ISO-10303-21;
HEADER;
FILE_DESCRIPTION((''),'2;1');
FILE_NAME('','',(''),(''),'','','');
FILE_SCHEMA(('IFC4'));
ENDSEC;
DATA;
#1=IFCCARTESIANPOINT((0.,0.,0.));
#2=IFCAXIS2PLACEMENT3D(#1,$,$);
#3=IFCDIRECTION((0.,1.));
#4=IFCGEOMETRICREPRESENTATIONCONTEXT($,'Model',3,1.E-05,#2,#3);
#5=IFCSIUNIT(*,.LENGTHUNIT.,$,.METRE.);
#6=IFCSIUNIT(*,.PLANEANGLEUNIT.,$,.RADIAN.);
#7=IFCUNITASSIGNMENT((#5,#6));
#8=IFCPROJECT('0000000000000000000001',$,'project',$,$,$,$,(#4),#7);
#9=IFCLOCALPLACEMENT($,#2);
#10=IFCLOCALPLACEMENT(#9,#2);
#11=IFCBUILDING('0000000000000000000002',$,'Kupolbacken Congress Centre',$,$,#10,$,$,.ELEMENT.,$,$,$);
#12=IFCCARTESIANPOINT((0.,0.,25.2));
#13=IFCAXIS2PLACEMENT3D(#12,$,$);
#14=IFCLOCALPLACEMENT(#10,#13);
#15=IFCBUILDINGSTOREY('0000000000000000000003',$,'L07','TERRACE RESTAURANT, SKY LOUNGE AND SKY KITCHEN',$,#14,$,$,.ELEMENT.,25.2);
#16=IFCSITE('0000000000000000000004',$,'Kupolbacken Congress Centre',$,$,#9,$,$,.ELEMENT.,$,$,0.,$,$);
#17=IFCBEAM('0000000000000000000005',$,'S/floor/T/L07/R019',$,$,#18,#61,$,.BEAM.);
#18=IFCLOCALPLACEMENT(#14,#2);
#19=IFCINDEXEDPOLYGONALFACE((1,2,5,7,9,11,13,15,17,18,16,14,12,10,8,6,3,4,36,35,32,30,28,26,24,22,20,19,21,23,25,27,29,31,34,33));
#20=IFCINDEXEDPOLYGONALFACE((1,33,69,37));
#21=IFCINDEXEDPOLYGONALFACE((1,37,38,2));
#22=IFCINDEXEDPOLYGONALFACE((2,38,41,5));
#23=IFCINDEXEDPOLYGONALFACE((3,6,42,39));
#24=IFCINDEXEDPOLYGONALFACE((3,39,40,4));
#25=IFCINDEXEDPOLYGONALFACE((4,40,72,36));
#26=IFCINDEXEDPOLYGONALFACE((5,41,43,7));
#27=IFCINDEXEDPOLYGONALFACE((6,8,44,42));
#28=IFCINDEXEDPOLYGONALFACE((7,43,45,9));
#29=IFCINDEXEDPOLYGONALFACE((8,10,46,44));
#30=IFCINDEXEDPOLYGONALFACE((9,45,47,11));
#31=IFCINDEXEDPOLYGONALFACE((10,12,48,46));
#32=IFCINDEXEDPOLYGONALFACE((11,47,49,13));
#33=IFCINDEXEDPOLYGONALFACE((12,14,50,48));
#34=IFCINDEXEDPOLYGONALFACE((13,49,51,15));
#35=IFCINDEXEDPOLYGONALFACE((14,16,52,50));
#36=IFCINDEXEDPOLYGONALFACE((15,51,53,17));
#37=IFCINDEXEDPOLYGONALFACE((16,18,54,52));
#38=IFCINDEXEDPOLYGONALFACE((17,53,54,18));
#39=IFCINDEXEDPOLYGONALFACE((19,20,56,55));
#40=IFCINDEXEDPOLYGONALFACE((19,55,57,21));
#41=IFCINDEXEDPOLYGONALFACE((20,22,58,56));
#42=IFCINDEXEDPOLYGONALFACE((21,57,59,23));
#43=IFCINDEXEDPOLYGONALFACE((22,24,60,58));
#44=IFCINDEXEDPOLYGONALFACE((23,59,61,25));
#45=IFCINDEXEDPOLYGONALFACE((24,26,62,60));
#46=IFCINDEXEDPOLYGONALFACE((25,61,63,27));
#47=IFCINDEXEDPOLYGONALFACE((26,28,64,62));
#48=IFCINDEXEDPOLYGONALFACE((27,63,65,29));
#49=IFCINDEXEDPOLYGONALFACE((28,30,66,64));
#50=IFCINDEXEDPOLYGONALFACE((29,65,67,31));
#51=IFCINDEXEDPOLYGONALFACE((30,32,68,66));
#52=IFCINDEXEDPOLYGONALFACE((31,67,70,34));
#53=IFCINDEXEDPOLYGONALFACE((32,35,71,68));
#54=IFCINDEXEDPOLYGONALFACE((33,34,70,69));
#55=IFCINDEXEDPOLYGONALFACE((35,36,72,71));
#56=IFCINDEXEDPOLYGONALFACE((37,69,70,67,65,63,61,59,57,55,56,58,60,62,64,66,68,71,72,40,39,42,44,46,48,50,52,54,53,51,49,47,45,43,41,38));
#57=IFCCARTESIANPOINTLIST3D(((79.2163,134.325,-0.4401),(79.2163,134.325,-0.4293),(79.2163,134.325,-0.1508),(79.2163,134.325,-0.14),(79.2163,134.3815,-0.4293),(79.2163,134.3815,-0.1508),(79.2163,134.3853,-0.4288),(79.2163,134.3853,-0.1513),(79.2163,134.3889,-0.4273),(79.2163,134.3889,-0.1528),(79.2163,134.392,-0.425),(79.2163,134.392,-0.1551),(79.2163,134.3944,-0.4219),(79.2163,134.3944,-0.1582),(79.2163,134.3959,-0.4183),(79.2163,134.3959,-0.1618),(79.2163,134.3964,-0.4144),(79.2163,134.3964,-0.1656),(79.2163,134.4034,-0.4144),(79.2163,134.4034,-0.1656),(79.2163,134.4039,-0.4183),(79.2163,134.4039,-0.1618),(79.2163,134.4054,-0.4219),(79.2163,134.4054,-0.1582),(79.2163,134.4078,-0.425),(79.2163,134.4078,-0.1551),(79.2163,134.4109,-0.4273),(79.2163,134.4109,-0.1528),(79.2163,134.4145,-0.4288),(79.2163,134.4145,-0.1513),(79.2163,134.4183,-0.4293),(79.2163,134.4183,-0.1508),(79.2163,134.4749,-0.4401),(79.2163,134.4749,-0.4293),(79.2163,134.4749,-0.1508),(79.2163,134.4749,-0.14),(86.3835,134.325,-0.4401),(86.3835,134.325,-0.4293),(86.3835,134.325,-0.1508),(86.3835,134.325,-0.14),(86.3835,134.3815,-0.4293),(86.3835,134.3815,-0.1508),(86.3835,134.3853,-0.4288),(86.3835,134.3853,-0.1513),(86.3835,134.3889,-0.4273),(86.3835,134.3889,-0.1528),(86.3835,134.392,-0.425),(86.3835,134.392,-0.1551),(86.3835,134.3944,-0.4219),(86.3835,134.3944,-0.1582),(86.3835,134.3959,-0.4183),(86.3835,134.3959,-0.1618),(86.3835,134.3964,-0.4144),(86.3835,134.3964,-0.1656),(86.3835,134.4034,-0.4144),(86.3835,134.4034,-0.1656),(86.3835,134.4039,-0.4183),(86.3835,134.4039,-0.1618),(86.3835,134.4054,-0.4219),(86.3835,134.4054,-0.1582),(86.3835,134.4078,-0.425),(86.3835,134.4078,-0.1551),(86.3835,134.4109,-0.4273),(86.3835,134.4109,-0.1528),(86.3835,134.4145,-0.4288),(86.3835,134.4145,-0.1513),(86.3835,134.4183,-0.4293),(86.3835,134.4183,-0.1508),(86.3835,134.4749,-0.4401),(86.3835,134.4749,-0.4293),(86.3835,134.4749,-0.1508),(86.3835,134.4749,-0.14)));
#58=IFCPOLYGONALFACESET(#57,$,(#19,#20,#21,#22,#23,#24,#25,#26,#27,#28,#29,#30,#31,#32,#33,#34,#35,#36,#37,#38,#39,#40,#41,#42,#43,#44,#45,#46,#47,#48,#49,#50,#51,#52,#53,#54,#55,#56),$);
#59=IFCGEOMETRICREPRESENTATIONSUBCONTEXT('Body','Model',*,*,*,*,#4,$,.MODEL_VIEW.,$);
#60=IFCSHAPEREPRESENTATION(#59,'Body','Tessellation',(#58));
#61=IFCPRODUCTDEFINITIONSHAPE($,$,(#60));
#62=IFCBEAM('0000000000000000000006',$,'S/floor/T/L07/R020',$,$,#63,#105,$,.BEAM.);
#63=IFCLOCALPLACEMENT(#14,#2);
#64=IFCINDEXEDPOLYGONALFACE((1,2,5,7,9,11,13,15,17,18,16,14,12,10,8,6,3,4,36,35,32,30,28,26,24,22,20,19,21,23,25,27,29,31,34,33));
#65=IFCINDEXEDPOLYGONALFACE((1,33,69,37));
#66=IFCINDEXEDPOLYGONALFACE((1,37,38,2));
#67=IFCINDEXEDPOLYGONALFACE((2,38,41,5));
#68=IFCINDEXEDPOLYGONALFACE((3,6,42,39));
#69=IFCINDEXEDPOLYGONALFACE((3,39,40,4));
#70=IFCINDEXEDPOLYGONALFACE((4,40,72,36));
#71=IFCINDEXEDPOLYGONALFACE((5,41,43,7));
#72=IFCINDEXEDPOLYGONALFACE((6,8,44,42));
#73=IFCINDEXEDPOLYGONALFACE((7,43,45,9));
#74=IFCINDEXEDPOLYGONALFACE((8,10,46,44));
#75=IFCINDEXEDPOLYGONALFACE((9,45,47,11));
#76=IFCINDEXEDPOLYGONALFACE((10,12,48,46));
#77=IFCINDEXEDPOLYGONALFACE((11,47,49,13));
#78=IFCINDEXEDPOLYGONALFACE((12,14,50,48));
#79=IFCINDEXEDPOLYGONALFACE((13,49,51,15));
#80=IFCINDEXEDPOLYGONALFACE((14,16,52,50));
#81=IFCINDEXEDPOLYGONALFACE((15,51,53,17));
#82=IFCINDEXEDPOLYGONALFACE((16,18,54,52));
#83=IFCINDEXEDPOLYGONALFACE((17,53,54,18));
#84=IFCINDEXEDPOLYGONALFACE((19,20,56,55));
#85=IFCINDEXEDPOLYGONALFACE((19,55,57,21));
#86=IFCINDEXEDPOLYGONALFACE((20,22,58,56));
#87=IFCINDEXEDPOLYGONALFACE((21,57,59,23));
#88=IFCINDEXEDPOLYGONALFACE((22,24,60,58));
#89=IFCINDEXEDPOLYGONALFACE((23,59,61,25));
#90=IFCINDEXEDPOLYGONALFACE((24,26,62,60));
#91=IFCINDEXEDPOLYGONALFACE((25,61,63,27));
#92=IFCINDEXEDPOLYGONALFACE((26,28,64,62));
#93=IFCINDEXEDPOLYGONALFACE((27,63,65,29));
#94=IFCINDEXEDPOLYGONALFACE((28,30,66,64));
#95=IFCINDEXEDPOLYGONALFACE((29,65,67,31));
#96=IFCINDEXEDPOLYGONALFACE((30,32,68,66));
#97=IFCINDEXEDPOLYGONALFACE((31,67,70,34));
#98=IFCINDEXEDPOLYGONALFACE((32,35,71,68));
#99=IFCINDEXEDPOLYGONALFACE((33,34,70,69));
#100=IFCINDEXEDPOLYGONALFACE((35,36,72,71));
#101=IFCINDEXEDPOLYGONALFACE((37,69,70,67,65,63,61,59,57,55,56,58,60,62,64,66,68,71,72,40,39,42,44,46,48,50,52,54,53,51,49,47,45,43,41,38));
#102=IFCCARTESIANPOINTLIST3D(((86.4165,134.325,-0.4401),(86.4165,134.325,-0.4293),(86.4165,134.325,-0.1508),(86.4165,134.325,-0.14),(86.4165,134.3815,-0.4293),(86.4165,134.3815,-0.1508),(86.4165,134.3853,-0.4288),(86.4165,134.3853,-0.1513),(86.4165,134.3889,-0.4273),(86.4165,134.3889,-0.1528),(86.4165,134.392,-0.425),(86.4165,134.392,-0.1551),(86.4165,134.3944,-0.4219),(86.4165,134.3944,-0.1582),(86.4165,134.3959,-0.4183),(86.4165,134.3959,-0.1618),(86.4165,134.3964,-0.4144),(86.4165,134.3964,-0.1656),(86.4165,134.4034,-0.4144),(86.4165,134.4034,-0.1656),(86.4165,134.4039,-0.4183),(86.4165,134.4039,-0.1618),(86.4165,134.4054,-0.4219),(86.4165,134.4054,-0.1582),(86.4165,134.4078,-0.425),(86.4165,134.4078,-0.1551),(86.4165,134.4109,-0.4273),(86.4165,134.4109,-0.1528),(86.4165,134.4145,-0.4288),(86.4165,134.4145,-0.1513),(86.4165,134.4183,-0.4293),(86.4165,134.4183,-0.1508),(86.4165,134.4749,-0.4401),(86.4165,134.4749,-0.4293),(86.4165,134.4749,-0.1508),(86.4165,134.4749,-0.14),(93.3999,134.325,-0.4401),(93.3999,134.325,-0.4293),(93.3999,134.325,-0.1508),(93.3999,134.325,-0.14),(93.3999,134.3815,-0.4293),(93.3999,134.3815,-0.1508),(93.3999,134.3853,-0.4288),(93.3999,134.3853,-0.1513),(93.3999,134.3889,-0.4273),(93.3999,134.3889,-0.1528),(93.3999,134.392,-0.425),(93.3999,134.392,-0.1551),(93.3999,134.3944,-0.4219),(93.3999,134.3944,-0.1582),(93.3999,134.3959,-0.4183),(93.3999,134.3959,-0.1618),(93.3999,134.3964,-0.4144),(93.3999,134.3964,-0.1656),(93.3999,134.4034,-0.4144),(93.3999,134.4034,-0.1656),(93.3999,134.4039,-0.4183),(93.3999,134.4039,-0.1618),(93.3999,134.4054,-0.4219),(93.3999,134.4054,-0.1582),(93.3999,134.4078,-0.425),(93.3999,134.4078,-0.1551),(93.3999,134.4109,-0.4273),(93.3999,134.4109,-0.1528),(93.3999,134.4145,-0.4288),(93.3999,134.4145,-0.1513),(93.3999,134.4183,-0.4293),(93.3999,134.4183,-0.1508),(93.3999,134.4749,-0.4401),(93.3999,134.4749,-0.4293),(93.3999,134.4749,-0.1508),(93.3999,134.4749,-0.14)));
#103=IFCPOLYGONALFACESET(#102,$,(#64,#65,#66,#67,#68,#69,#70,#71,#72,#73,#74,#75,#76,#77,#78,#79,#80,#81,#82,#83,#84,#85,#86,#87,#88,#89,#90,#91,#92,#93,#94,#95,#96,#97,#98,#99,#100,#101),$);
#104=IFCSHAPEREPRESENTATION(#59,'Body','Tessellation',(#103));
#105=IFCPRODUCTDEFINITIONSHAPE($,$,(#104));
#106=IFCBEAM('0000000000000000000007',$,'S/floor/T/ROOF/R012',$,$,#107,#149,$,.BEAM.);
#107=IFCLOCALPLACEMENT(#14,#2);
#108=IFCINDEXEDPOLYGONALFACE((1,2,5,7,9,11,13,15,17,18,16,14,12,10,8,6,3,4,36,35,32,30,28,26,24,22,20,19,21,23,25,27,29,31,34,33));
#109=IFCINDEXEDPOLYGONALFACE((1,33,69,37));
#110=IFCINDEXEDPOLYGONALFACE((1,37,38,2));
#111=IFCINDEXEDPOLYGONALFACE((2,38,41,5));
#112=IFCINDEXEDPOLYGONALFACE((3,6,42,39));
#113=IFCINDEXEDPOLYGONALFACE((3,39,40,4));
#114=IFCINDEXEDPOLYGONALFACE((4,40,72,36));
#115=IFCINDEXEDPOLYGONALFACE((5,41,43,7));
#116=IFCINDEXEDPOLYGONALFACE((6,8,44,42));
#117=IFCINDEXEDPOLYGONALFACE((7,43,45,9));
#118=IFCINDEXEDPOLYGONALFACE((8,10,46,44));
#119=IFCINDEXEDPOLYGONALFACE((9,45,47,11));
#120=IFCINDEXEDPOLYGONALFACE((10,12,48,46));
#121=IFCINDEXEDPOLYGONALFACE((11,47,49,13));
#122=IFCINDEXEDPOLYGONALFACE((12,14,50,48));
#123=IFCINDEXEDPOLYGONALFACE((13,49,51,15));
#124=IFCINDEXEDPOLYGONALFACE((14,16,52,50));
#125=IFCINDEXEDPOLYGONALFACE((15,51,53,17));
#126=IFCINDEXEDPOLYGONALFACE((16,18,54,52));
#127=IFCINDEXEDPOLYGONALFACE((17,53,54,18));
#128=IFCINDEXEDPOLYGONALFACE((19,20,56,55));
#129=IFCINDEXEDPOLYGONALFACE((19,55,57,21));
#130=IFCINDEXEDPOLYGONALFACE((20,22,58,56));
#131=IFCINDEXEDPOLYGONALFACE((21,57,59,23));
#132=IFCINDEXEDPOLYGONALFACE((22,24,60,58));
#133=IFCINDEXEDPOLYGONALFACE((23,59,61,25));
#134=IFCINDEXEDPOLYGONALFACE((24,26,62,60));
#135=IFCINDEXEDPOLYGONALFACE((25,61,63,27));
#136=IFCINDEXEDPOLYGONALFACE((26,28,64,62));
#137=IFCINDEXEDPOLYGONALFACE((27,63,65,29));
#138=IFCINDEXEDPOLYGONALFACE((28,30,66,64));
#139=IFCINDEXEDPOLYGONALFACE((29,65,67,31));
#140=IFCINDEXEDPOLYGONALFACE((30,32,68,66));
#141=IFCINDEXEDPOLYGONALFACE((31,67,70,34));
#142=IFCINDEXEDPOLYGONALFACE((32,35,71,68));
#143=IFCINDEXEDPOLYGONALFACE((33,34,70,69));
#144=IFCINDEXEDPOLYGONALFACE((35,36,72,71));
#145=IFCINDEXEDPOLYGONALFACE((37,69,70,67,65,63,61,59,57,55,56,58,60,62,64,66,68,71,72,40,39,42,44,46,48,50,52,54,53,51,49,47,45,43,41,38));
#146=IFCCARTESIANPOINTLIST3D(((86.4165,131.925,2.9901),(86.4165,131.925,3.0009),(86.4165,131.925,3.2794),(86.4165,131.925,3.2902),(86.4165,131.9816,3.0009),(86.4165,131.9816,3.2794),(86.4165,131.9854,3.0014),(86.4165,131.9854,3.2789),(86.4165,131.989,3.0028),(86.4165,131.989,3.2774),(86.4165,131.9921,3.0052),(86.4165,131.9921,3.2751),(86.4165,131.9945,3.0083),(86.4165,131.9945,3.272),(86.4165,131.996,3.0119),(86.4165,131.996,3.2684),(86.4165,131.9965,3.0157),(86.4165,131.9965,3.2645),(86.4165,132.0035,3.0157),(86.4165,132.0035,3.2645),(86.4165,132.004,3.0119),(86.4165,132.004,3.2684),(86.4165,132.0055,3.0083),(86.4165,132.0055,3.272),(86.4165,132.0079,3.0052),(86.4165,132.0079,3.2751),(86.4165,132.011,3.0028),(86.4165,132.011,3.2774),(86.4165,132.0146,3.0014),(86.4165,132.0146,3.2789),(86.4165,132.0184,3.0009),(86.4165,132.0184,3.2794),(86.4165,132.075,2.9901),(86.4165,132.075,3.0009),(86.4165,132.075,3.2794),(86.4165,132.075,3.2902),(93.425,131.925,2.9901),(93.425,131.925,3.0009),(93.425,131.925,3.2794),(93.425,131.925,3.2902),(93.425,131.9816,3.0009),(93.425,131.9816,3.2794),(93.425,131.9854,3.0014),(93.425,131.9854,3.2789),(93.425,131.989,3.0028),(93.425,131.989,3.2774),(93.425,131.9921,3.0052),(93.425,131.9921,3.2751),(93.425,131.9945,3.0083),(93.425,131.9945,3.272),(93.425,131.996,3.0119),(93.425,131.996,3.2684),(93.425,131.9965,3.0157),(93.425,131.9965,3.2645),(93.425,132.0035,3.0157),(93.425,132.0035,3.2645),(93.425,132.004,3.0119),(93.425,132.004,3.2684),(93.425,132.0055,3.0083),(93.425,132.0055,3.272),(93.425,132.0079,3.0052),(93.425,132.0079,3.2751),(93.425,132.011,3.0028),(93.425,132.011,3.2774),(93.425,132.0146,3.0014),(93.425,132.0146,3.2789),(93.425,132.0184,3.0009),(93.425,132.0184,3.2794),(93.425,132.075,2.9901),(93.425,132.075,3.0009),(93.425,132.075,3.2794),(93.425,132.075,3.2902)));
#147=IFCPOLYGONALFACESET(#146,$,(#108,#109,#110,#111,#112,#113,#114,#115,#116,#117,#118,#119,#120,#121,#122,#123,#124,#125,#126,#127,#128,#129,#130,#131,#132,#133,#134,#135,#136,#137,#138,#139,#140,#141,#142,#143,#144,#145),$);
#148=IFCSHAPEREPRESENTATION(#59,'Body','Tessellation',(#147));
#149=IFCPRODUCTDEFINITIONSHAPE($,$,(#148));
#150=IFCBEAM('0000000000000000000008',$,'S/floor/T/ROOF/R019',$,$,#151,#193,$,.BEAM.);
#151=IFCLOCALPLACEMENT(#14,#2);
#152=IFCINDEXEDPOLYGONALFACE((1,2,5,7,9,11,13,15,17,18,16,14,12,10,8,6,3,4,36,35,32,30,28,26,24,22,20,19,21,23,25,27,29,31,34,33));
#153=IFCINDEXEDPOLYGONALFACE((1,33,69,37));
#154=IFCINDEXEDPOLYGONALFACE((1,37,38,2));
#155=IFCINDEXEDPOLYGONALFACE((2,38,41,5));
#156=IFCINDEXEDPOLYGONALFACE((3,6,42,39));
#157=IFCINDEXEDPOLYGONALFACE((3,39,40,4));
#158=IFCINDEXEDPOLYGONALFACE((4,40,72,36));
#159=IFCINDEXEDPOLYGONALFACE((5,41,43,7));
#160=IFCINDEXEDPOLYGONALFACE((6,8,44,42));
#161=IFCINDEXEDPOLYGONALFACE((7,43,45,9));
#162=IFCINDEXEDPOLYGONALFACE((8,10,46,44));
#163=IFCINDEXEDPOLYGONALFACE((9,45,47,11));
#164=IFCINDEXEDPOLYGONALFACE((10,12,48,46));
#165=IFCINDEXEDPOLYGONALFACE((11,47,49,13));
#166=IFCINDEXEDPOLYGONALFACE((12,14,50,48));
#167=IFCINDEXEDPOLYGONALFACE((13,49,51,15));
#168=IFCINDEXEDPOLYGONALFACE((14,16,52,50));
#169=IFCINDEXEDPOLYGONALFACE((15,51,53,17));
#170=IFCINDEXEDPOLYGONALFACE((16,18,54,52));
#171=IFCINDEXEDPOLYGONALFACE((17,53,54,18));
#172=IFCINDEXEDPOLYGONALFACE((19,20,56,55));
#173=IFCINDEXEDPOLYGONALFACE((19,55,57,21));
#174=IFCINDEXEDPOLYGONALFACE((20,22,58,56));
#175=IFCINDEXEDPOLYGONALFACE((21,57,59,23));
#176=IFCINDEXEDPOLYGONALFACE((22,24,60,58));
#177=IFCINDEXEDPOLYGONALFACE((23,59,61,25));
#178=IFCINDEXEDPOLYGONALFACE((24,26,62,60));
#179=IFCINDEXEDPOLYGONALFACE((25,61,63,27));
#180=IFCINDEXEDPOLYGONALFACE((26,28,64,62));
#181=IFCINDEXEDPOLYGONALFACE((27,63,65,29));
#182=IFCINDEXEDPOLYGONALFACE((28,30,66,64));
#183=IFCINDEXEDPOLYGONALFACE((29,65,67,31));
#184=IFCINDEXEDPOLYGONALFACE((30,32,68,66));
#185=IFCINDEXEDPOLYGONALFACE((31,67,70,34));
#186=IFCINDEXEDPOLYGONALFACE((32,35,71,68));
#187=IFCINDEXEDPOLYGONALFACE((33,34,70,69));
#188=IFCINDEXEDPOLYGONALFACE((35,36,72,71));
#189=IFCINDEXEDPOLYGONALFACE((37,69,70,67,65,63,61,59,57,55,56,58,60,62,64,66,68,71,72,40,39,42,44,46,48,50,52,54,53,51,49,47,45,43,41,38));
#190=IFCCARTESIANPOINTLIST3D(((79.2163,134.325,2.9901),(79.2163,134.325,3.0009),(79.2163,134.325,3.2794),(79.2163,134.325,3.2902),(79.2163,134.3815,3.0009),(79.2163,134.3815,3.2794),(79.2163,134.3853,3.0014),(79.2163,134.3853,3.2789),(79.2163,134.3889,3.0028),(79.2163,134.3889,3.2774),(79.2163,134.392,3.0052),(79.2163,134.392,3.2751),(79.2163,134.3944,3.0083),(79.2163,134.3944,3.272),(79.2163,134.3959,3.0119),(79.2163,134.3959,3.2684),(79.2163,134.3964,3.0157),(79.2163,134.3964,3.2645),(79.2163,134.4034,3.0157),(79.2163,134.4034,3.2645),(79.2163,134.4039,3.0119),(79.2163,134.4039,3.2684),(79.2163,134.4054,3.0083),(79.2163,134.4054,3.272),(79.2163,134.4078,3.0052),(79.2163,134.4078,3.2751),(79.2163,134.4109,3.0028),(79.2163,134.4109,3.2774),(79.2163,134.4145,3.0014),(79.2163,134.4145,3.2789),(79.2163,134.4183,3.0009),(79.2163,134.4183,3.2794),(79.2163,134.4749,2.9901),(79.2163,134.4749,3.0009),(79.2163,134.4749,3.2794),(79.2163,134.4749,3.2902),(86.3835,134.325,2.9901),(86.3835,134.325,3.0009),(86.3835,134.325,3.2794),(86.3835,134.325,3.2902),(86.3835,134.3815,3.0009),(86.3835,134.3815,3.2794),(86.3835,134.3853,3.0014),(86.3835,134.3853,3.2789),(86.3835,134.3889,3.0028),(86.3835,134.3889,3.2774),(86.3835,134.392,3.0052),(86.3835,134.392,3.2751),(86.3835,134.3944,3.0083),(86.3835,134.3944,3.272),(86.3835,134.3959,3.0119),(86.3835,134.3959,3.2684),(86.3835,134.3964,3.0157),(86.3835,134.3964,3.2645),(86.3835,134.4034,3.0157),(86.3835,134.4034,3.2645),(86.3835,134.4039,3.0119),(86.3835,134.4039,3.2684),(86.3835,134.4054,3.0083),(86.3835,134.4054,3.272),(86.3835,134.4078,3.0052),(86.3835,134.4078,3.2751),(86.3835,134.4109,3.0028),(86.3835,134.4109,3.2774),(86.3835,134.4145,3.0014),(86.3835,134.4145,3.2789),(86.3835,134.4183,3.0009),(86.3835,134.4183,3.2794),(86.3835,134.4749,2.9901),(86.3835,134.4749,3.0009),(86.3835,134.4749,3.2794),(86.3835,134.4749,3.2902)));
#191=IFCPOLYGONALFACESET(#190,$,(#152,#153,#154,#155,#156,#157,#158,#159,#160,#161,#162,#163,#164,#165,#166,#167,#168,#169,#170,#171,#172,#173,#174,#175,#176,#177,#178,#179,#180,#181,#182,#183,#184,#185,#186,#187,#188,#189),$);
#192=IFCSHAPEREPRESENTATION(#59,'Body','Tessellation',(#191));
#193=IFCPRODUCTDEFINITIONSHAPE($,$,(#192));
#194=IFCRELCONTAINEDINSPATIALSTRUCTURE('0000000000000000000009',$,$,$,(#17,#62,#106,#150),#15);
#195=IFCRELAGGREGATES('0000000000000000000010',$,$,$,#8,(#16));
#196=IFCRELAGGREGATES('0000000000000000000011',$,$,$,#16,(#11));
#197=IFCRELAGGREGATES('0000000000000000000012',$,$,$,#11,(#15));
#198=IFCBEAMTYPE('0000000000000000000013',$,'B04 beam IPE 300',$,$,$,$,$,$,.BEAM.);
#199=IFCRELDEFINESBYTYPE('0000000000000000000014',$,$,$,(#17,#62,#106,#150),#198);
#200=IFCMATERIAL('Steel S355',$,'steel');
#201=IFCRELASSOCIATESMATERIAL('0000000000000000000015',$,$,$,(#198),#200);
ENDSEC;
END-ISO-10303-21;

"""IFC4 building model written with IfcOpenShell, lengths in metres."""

from ifc_helpers import new_model, si_unit, direction, frame, origin, origin_2d, place, context, subcontext, project, spatial, i_section, extrude, material, material_profile, profile_set, type_object, element, save


model = new_model("IFC4")

# Units and contexts
model_context = context("Model", 3, precision=1e-05, world=origin(), true_north=direction((0.0, 1.0)))
body_context = subcontext(model_context, "Body", "Model", "MODEL_VIEW")
ifc_project = project(units=[si_unit("LENGTHUNIT", "METRE"), si_unit("PLANEANGLEUNIT", "RADIAN")], contexts=[model_context])

# Site, building, storey
site_placement = place(None, origin())
site = spatial("IfcSite", under=ifc_project, at=site_placement, Name="Kupolbacken Congress Centre", CompositionType="ELEMENT", RefElevation=0.0)
building_placement = place(site_placement, origin())
building = spatial("IfcBuilding", under=site, at=building_placement, Name="Kupolbacken Congress Centre", CompositionType="ELEMENT")
storey_placement = place(building_placement, frame((0.0, 0.0, 25.2)))
storey = spatial("IfcBuildingStorey", under=building, at=storey_placement, Name="L07", Description="TERRACE RESTAURANT, SKY LOUNGE AND SKY KITCHEN", CompositionType="ELEMENT", Elevation=25.2)

# Beams
ifc_material_1 = material(Name="Steel S355", Category="steel")
ifc_material_profile_1 = material_profile(ifc_material_1, i_section(OverallWidth=0.1499, OverallDepth=0.3, WebThickness=0.0071, FlangeThickness=0.0107, FilletRadius=0.0149, at=origin_2d()), Name="IPE 300")
ifc_profile_set_1 = profile_set([ifc_material_profile_1], Name="Steel S355")
beam_type_1 = type_object("IfcBeamType", Name="B04 beam IPE 300", PredefinedType="BEAM", material=ifc_profile_set_1)
beam_1_placement = place(storey_placement, frame((79.2163, 134.3999, -0.29), z_axis=(1.0, 0.0, 0.0), x_axis=(0.0, 1.0, 0.0)))
element("IfcBeam", 1, at=beam_1_placement, inside=storey, type_object=beam_type_1, Name="S/floor/T/L07/R019", PredefinedType="BEAM", context=body_context, shape_type="SweptSolid", body=[
    extrude(i_section(OverallWidth=0.1499, OverallDepth=0.3, WebThickness=0.0071, FlangeThickness=0.0107, FilletRadius=0.0149, at=origin_2d()), origin(), (0.0, 0.0, 1.0), 7.1672),
])
beam_2_placement = place(storey_placement, frame((86.4165, 134.3999, -0.29), z_axis=(1.0, 0.0, 0.0), x_axis=(0.0, 1.0, 0.0)))
element("IfcBeam", 2, at=beam_2_placement, inside=storey, type_object=beam_type_1, Name="S/floor/T/L07/R020", PredefinedType="BEAM", context=body_context, shape_type="SweptSolid", body=[
    extrude(i_section(OverallWidth=0.1499, OverallDepth=0.3, WebThickness=0.0071, FlangeThickness=0.0107, FilletRadius=0.0149, at=origin_2d()), origin(), (0.0, 0.0, 1.0), 6.9834),
])
beam_3_placement = place(storey_placement, frame((86.4165, 132.0, 3.1401), z_axis=(1.0, 0.0, 0.0), x_axis=(0.0, 1.0, 0.0)))
element("IfcBeam", 3, at=beam_3_placement, inside=storey, type_object=beam_type_1, Name="S/floor/T/ROOF/R012", PredefinedType="BEAM", context=body_context, shape_type="SweptSolid", body=[
    extrude(i_section(OverallWidth=0.1499, OverallDepth=0.3, WebThickness=0.0071, FlangeThickness=0.0107, FilletRadius=0.0149, at=origin_2d()), origin(), (0.0, 0.0, 1.0), 7.0085),
])
beam_4_placement = place(storey_placement, frame((79.2163, 134.3999, 3.1401), z_axis=(1.0, 0.0, 0.0), x_axis=(0.0, 1.0, 0.0)))
element("IfcBeam", 4, at=beam_4_placement, inside=storey, type_object=beam_type_1, Name="S/floor/T/ROOF/R019", PredefinedType="BEAM", context=body_context, shape_type="SweptSolid", body=[
    extrude(i_section(OverallWidth=0.1499, OverallDepth=0.3, WebThickness=0.0071, FlangeThickness=0.0107, FilletRadius=0.0149, at=origin_2d()), origin(), (0.0, 0.0, 1.0), 7.1672),
])

save(model, "model.ifc")
